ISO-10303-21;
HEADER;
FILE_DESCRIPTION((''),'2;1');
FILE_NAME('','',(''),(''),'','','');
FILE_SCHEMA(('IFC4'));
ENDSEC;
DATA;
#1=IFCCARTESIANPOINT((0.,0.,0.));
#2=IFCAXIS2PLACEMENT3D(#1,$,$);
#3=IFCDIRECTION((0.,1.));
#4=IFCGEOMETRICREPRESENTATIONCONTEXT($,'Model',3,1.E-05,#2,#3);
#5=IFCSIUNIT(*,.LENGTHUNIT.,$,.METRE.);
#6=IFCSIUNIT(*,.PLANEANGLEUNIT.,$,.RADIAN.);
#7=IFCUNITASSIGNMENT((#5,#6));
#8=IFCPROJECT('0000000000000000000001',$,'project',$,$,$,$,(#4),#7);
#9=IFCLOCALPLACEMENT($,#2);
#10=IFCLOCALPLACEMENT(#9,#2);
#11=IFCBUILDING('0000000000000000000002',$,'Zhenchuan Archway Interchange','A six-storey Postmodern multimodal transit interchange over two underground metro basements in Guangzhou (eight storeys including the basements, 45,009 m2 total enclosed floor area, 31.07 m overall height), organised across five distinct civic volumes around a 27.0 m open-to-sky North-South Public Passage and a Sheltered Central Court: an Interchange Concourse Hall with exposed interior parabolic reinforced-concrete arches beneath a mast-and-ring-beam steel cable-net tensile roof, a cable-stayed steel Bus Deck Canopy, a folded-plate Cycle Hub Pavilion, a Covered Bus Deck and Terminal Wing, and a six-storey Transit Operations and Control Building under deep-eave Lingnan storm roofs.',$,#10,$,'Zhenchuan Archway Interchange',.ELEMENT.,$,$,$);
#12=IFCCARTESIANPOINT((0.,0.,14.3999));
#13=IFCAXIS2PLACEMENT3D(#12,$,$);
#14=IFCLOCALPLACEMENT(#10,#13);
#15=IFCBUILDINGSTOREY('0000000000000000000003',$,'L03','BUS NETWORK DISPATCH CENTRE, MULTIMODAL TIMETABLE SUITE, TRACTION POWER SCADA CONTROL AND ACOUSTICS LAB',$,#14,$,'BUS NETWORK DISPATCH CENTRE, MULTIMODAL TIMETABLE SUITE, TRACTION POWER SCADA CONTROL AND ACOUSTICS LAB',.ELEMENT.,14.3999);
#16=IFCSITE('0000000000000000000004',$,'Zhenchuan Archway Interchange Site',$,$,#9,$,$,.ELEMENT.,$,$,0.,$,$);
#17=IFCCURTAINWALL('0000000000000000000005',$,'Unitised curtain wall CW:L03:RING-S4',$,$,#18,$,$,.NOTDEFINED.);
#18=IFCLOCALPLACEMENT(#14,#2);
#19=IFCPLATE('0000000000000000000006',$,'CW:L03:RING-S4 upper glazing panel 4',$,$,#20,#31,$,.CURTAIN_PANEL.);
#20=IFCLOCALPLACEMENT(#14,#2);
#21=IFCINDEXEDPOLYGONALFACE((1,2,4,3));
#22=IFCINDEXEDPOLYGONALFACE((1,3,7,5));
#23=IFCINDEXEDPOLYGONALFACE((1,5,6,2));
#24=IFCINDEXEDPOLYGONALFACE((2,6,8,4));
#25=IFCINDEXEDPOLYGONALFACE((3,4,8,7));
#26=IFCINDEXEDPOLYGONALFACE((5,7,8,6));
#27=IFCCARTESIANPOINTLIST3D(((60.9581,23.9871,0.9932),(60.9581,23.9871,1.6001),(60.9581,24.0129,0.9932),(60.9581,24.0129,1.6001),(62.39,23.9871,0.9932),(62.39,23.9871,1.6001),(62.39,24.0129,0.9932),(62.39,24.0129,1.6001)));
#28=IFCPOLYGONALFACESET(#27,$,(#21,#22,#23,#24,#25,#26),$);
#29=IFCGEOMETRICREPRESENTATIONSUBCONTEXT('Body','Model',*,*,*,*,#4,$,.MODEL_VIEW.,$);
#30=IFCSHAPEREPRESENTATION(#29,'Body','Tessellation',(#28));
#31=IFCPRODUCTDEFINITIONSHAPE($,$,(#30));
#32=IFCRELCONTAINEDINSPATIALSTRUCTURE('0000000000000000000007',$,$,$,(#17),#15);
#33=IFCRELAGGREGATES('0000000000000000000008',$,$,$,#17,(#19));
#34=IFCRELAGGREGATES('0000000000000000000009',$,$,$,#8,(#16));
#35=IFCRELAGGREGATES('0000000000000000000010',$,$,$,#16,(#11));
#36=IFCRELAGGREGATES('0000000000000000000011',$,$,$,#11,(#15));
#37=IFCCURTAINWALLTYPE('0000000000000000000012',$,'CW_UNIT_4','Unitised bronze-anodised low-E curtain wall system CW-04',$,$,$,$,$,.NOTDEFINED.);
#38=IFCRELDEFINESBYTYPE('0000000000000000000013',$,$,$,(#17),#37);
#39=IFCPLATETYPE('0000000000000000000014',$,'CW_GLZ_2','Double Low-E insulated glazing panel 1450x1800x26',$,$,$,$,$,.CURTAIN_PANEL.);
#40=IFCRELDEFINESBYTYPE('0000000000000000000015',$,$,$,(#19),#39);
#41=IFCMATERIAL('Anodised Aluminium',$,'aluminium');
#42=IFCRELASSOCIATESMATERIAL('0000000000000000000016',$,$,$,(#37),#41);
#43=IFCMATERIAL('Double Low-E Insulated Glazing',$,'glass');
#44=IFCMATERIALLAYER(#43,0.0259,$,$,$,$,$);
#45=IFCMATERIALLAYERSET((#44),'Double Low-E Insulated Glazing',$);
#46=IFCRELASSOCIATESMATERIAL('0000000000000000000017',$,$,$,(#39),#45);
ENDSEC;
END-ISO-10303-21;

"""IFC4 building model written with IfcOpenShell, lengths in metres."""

from ifc_helpers import new_model, si_unit, direction, frame, origin, origin_2d, place, context, subcontext, project, spatial, rectangle, extrude, material, layer, layer_set, type_object, element, aggregate, save


model = new_model("IFC4")

# Units and contexts
model_context = context("Model", 3, precision=1e-05, world=origin(), true_north=direction((0.0, 1.0)))
body_context = subcontext(model_context, "Body", "Model", "MODEL_VIEW")
ifc_project = project(units=[si_unit("LENGTHUNIT", "METRE"), si_unit("PLANEANGLEUNIT", "RADIAN")], contexts=[model_context])

# Site, building, storey
site_placement = place(None, origin())
site = spatial("IfcSite", under=ifc_project, at=site_placement, Name="Zhenchuan Archway Interchange Site", CompositionType="ELEMENT", RefElevation=0.0)
building_placement = place(site_placement, origin())
building = spatial("IfcBuilding", under=site, at=building_placement, Name="Zhenchuan Archway Interchange", Description="A six-storey Postmodern multimodal transit interchange over two underground metro basements in Guangzhou (eight storeys including the basements, 45,009 m2 total enclosed floor area, 31.07 m overall height), organised across five distinct civic volumes around a 27.0 m open-to-sky North-South Public Passage and a Sheltered Central Court: an Interchange Concourse Hall with exposed interior parabolic reinforced-concrete arches beneath a mast-and-ring-beam steel cable-net tensile roof, a cable-stayed steel Bus Deck Canopy, a folded-plate Cycle Hub Pavilion, a Covered Bus Deck and Terminal Wing, and a six-storey Transit Operations and Control Building under deep-eave Lingnan storm roofs.", LongName="Zhenchuan Archway Interchange", CompositionType="ELEMENT")
storey_placement = place(building_placement, frame((0.0, 0.0, 14.3999)))
storey = spatial("IfcBuildingStorey", under=building, at=storey_placement, Name="L03", Description="BUS NETWORK DISPATCH CENTRE, MULTIMODAL TIMETABLE SUITE, TRACTION POWER SCADA CONTROL AND ACOUSTICS LAB", LongName="BUS NETWORK DISPATCH CENTRE, MULTIMODAL TIMETABLE SUITE, TRACTION POWER SCADA CONTROL AND ACOUSTICS LAB", CompositionType="ELEMENT", Elevation=14.3999)

# Curtain wall
ifc_material_1 = material(Name="Anodised Aluminium", Category="aluminium")
curtain_wall_type = type_object("IfcCurtainWallType", Name="CW_UNIT_4", Description="Unitised bronze-anodised low-E curtain wall system CW-04", PredefinedType="NOTDEFINED", material=ifc_material_1)
curtain_wall_1_placement = place(storey_placement, origin())
curtain_wall_1 = element("IfcCurtainWall", 1, at=curtain_wall_1_placement, inside=storey, type_object=curtain_wall_type, Name="Unitised curtain wall CW:L03:RING-S4", PredefinedType="NOTDEFINED")

# Plate
ifc_material_2 = material(Name="Double Low-E Insulated Glazing", Category="glass")
ifc_layer_1 = layer(ifc_material_2, 0.0259)
ifc_layer_set_1 = layer_set([ifc_layer_1], Name="Double Low-E Insulated Glazing")
plate_type_1 = type_object("IfcPlateType", Name="CW_GLZ_2", Description="Double Low-E insulated glazing panel 1450x1800x26", PredefinedType="CURTAIN_PANEL", material=ifc_layer_set_1)
plate_1_placement = place(storey_placement, frame((61.6741, 24.0, 0.9932), z_axis=(0.0, 0.0, 1.0), x_axis=(1.0, 0.0, 0.0)))
plate_1 = element("IfcPlate", 2, at=plate_1_placement, type_object=plate_type_1, Name="CW:L03:RING-S4 upper glazing panel 4", PredefinedType="CURTAIN_PANEL", context=body_context, shape_type="SweptSolid", body=[
    extrude(rectangle(XDim=1.4319, YDim=0.0259, at=origin_2d()), origin(), (0.0, 0.0, 1.0), 0.6069),
])
aggregate(curtain_wall_1, [plate_1])

save(model, "model.ifc")
